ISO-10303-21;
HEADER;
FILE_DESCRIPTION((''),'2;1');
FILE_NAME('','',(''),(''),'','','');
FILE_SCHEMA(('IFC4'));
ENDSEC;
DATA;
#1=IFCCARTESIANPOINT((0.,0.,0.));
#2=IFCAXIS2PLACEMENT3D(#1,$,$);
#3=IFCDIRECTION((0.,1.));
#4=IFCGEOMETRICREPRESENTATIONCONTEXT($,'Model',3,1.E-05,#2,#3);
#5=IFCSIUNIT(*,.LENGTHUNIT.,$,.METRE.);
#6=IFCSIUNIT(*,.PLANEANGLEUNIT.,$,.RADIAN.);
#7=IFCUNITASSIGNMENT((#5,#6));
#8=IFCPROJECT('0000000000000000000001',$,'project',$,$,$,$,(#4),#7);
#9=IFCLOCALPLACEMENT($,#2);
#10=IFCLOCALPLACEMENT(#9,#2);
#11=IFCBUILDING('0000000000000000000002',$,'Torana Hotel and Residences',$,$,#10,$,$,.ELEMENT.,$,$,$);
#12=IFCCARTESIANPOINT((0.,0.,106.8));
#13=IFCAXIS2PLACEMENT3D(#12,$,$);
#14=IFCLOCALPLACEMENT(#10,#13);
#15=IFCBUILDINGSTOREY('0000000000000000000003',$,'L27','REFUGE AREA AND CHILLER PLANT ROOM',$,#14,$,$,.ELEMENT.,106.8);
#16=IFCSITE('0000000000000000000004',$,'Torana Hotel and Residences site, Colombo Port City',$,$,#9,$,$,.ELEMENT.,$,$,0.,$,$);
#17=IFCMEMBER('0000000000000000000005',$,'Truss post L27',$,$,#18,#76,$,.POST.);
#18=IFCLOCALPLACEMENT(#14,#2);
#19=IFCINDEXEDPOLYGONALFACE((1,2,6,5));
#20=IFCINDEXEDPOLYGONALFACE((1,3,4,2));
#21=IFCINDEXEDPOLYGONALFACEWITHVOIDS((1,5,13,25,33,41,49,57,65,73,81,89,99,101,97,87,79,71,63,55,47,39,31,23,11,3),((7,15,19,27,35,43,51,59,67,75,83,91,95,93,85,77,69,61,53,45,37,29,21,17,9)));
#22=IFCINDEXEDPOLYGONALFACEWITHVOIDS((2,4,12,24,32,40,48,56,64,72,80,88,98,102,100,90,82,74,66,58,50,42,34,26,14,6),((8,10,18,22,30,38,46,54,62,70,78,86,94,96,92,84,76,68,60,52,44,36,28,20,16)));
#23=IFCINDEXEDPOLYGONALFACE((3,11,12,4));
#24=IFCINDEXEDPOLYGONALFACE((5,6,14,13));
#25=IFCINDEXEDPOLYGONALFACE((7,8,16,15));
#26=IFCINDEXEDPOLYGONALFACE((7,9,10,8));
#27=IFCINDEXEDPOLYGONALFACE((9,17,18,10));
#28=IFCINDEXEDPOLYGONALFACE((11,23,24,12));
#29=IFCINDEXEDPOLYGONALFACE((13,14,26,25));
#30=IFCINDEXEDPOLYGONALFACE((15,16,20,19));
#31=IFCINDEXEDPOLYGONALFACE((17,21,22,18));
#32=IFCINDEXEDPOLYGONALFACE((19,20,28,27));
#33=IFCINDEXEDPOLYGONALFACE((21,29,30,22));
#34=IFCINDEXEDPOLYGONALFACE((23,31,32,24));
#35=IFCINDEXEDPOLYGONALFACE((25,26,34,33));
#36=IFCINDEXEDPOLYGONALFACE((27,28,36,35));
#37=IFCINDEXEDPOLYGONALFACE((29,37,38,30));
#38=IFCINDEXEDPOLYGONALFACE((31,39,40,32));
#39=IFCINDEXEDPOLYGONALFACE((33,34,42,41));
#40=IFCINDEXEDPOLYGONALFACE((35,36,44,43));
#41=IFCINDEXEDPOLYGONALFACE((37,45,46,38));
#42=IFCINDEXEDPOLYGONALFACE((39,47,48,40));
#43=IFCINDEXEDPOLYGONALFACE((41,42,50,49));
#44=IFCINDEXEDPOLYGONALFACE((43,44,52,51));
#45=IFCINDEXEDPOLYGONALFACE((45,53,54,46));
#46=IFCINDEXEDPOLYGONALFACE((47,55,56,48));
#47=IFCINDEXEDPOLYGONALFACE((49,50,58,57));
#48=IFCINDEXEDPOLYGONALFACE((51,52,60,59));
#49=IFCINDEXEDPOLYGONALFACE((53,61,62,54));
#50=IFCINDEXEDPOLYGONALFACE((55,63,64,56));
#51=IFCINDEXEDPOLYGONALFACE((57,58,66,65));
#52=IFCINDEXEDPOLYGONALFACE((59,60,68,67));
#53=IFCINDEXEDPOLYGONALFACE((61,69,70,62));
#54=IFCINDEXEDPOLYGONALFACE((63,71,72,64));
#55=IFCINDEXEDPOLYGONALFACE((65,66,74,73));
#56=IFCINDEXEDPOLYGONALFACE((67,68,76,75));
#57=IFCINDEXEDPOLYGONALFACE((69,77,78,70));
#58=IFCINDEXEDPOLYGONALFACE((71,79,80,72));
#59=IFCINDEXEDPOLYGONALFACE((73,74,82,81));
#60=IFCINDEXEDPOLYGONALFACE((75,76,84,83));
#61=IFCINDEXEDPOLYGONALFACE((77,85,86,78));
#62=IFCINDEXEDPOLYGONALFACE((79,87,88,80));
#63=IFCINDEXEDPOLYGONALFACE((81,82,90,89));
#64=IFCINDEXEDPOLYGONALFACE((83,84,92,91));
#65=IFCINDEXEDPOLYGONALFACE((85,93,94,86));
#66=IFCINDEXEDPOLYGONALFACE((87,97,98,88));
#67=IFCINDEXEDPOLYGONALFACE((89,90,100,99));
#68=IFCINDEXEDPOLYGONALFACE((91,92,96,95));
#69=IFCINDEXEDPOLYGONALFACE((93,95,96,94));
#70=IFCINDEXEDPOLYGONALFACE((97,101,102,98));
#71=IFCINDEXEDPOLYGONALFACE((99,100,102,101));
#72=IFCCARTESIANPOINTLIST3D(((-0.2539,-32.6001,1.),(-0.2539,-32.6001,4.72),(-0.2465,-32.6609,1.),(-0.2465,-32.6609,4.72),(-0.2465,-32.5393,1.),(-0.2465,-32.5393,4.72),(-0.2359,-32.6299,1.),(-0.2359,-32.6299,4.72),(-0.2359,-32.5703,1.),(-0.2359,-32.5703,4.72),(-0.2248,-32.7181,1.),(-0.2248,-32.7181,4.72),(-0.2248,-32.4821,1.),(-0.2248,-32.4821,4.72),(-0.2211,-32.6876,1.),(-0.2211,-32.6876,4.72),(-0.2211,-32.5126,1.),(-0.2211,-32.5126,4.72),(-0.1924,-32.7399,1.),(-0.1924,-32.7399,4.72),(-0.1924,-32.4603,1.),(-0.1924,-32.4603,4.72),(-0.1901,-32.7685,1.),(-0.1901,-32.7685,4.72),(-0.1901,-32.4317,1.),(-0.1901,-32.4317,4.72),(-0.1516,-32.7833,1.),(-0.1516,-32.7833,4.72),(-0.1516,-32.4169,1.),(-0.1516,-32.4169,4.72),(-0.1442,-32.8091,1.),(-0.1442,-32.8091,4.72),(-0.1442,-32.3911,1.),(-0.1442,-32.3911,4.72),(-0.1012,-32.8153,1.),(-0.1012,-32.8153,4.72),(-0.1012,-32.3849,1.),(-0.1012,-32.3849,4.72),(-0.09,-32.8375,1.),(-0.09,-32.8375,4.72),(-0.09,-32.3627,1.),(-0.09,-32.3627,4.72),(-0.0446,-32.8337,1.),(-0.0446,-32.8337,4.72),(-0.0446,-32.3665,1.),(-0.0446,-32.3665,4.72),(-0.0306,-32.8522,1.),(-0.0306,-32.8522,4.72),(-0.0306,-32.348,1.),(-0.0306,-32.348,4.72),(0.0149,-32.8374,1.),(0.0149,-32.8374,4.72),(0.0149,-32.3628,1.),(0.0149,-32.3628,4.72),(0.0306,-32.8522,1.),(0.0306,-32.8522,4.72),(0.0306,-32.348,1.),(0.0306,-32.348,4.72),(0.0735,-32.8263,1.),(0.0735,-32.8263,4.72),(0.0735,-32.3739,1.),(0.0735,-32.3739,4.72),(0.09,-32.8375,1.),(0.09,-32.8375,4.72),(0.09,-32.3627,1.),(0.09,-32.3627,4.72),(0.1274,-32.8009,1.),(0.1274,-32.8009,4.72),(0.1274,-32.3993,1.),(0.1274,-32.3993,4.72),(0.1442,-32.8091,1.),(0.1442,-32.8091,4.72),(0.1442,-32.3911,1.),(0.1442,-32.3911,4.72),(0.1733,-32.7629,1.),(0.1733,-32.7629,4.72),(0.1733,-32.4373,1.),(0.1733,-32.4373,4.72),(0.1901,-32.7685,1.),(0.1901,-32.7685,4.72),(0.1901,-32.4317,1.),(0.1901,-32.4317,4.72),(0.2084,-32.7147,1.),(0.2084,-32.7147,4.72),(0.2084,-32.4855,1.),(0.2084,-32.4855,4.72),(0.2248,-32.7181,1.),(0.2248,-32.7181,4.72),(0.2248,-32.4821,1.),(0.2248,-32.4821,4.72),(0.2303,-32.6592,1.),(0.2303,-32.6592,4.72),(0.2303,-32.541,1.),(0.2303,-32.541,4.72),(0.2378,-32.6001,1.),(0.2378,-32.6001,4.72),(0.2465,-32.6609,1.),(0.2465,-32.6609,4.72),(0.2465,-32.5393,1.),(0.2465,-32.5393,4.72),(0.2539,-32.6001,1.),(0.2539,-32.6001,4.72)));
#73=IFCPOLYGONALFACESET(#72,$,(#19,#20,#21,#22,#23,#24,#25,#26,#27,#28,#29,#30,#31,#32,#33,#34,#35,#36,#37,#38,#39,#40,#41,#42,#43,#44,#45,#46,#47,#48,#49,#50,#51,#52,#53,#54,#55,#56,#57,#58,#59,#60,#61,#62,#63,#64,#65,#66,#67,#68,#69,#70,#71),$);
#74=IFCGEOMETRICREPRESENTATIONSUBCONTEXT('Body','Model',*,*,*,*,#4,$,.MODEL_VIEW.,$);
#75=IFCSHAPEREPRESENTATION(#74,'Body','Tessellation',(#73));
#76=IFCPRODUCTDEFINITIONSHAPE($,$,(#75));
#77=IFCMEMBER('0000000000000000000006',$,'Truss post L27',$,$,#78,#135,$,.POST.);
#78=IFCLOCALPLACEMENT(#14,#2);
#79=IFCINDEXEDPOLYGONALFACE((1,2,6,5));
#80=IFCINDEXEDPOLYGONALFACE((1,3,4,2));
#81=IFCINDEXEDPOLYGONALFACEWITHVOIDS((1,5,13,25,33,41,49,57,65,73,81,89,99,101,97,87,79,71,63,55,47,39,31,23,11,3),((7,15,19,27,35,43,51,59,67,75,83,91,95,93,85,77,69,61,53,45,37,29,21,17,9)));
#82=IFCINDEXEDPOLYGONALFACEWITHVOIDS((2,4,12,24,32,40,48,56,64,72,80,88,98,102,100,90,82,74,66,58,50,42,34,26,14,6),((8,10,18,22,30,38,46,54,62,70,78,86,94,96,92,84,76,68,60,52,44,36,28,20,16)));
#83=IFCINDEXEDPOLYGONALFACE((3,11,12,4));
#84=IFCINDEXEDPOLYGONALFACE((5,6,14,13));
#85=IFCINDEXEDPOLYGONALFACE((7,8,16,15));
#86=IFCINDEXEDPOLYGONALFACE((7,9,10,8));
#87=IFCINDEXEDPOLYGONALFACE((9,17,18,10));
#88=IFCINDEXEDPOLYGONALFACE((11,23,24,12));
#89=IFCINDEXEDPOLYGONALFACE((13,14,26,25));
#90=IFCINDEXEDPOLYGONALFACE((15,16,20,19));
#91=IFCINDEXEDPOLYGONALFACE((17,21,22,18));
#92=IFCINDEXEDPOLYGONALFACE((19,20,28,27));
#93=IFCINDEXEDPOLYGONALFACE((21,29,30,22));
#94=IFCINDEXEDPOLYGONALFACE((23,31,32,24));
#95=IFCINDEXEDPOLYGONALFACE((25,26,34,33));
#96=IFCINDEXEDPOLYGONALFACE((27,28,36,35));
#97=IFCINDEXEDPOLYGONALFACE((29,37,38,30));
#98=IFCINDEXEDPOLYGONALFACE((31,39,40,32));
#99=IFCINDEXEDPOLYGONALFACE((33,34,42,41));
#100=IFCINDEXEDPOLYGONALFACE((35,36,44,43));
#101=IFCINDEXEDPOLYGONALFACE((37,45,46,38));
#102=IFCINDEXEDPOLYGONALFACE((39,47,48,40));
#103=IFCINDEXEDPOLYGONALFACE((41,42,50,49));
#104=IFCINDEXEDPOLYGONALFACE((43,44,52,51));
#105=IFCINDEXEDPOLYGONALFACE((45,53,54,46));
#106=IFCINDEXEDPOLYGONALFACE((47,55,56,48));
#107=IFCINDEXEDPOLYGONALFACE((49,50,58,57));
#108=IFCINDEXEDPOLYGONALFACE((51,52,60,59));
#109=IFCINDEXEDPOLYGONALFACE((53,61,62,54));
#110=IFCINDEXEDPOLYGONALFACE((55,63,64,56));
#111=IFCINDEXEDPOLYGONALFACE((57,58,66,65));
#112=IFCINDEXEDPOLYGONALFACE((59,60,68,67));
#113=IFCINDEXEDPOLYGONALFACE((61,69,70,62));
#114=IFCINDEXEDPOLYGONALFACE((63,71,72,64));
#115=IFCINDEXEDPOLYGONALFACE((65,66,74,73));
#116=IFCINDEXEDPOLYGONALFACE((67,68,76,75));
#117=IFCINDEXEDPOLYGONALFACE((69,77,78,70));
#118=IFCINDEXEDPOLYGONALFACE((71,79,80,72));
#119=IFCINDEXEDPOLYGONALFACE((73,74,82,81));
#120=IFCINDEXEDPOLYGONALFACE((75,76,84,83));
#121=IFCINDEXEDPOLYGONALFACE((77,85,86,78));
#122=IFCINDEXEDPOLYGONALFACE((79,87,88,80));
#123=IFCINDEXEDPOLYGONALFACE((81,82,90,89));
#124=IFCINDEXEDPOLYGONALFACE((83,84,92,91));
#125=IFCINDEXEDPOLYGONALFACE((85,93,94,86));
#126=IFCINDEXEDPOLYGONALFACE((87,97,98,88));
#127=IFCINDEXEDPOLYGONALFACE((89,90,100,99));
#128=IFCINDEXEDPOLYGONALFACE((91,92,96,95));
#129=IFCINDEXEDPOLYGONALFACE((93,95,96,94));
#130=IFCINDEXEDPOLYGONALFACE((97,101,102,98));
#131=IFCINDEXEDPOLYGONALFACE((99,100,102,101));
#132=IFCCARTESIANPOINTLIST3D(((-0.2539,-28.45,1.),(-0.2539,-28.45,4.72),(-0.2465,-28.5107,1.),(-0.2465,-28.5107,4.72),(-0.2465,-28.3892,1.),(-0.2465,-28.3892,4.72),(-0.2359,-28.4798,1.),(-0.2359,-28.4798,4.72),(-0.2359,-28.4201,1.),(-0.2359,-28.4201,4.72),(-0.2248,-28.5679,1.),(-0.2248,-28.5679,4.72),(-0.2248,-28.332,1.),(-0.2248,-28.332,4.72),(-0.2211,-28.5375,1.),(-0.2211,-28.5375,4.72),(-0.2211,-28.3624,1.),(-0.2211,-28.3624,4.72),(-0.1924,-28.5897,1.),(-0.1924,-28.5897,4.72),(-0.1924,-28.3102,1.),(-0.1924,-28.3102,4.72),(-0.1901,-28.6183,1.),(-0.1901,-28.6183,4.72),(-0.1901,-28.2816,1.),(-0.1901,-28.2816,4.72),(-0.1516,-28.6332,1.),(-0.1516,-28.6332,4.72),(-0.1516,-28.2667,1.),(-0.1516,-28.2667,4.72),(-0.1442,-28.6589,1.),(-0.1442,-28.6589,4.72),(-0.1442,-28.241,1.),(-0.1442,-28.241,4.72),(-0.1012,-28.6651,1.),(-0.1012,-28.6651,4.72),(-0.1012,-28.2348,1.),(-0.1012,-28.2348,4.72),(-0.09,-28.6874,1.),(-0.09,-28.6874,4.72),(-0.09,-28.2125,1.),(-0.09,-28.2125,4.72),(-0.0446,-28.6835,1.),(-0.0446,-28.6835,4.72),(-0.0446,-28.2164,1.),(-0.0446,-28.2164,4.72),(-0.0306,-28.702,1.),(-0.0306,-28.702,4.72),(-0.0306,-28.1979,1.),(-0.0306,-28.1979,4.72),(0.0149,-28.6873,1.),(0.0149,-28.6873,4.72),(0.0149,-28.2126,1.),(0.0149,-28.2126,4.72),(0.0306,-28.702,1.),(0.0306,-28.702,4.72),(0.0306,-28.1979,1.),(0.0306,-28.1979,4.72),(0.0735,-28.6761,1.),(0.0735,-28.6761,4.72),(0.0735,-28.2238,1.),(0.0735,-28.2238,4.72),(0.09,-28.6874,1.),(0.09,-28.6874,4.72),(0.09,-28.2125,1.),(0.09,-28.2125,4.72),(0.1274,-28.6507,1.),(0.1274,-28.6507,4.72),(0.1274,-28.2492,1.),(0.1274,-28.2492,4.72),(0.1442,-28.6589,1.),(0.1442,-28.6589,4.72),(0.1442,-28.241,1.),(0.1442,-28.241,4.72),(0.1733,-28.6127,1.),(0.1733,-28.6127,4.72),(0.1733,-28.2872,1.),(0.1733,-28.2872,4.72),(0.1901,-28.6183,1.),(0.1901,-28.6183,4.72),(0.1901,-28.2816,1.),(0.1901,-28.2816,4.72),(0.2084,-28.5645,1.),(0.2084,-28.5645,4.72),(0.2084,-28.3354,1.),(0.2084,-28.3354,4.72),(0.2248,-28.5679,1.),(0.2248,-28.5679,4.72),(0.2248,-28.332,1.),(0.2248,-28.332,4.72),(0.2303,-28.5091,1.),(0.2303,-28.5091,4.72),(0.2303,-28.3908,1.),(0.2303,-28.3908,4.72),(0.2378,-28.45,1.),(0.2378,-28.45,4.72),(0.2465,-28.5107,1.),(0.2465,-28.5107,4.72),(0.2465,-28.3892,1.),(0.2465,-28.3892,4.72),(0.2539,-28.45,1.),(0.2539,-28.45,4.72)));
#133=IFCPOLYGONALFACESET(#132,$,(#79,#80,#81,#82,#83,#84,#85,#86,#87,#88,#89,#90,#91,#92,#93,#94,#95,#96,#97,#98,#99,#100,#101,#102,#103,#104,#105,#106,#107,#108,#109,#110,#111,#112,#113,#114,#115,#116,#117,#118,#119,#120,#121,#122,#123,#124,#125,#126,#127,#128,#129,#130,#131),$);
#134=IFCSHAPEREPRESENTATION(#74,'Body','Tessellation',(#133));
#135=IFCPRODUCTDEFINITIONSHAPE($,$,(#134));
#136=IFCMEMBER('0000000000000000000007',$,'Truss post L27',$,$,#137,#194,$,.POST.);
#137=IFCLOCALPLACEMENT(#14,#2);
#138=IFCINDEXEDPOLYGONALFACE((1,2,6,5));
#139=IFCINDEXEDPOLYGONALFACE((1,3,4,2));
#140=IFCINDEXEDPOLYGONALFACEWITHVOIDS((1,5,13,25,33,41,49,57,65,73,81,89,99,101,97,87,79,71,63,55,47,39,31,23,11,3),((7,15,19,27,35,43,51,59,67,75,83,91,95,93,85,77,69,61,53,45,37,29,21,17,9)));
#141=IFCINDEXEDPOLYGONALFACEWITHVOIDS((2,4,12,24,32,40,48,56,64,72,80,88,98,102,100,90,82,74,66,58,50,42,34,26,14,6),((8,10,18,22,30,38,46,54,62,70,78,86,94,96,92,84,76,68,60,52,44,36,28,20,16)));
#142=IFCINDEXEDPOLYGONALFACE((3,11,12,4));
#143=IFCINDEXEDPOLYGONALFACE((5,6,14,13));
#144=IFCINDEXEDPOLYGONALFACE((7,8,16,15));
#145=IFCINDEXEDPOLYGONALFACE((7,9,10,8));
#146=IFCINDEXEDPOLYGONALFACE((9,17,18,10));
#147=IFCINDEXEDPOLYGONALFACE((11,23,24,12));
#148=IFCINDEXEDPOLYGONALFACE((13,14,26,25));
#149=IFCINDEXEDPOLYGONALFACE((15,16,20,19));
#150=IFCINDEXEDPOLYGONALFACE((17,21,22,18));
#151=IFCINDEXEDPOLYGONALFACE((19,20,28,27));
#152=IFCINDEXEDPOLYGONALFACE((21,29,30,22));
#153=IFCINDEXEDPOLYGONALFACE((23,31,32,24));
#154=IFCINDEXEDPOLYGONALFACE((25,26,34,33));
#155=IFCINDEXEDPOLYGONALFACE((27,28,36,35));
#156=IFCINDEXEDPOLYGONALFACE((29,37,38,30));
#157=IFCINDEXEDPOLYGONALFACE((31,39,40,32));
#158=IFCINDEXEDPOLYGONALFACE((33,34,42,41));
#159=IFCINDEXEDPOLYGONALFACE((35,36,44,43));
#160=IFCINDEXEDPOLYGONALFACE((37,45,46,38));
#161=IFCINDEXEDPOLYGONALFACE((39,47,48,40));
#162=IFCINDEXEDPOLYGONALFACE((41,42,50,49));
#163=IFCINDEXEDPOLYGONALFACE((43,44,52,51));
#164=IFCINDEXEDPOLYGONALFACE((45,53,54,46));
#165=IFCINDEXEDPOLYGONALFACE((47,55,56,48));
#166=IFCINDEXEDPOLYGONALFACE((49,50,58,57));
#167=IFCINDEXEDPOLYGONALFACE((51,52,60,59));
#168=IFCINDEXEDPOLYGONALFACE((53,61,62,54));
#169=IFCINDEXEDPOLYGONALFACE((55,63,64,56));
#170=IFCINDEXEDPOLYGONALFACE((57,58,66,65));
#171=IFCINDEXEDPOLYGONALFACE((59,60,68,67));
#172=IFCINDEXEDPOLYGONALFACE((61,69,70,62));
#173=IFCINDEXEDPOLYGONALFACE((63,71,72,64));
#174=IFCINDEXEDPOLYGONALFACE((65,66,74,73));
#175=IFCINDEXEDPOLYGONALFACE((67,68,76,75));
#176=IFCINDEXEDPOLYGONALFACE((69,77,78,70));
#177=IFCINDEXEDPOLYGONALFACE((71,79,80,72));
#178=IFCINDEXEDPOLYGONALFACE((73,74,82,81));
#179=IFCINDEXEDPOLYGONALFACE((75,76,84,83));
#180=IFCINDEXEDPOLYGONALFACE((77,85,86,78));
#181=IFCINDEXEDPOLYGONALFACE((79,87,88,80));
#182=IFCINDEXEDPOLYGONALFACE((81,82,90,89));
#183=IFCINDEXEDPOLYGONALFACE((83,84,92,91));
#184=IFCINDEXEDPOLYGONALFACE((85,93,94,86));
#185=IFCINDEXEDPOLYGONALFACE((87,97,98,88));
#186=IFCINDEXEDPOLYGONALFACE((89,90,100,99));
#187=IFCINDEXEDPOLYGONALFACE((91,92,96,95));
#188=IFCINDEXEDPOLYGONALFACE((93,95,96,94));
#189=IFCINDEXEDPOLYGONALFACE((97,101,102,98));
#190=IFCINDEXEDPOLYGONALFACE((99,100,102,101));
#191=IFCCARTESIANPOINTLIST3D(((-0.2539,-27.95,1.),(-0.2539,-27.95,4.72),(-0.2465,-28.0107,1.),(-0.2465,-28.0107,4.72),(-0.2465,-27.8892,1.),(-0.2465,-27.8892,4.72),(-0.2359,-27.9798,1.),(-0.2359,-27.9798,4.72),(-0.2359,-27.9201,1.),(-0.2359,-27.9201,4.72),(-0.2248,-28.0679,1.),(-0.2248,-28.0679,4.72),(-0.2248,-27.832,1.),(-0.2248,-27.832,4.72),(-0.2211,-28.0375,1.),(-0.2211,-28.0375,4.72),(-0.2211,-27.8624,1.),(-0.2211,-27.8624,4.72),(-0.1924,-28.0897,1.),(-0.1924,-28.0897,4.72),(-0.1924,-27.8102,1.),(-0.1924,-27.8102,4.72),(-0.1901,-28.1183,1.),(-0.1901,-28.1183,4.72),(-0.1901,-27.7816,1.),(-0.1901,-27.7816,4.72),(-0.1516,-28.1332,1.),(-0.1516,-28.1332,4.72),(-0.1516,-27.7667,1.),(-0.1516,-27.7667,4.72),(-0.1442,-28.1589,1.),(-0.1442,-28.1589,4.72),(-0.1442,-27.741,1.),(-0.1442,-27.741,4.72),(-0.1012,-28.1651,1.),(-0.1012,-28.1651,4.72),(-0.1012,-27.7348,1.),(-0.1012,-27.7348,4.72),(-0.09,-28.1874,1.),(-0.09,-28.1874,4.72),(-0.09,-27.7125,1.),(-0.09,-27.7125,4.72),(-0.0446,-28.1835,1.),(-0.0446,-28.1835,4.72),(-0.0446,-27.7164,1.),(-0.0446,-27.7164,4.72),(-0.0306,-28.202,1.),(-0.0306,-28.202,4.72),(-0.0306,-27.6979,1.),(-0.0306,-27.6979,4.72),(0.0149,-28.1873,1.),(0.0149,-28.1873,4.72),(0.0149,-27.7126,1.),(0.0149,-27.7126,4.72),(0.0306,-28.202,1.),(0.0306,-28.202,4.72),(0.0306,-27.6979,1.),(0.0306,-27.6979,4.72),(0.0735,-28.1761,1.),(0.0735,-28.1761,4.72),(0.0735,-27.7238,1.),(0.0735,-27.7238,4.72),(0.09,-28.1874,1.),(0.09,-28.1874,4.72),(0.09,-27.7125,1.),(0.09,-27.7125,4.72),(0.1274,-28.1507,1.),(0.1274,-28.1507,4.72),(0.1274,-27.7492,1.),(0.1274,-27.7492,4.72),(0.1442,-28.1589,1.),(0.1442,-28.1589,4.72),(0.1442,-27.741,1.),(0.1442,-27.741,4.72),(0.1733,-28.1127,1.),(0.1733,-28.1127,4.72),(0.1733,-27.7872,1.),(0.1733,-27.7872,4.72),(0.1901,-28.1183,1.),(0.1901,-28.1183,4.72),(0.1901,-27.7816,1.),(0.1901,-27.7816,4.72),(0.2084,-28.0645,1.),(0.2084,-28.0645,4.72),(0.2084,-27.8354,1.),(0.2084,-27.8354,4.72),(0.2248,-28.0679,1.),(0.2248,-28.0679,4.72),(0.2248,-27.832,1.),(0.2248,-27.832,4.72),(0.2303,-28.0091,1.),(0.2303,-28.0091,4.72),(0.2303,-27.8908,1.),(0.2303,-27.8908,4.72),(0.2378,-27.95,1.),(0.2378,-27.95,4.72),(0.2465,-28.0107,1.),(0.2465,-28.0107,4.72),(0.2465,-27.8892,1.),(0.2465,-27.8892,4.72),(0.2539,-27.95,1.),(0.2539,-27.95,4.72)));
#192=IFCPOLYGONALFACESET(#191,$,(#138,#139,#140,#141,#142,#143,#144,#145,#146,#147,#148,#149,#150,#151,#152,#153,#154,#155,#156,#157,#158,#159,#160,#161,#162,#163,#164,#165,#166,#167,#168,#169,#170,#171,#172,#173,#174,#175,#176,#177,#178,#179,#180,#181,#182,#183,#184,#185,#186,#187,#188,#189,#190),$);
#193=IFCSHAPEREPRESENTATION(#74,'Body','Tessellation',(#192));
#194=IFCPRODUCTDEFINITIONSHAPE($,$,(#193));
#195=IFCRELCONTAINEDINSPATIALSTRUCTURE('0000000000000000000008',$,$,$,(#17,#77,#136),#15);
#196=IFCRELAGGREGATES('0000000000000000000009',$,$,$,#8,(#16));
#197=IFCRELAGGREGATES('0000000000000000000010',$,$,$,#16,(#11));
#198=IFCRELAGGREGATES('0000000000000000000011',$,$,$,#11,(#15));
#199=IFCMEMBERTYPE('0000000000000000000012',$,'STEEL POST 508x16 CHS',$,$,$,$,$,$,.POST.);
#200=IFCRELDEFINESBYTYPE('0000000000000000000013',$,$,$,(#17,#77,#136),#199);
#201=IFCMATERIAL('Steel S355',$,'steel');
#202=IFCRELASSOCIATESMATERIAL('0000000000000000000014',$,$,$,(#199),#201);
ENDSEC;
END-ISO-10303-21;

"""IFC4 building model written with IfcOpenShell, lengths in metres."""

from ifc_helpers import new_model, si_unit, direction, frame, origin, origin_2d, place, context, subcontext, project, spatial, hollow_circle, extrude, material, material_profile, profile_set, type_object, element, save


model = new_model("IFC4")

# Units and contexts
model_context = context("Model", 3, precision=1e-05, world=origin(), true_north=direction((0.0, 1.0)))
body_context = subcontext(model_context, "Body", "Model", "MODEL_VIEW")
ifc_project = project(units=[si_unit("LENGTHUNIT", "METRE"), si_unit("PLANEANGLEUNIT", "RADIAN")], contexts=[model_context])

# Site, building, storey
site_placement = place(None, origin())
site = spatial("IfcSite", under=ifc_project, at=site_placement, Name="Torana Hotel and Residences site, Colombo Port City", CompositionType="ELEMENT", RefElevation=0.0)
building_placement = place(site_placement, origin())
building = spatial("IfcBuilding", under=site, at=building_placement, Name="Torana Hotel and Residences", CompositionType="ELEMENT")
storey_placement = place(building_placement, frame((0.0, 0.0, 106.8)))
storey = spatial("IfcBuildingStorey", under=building, at=storey_placement, Name="L27", Description="REFUGE AREA AND CHILLER PLANT ROOM", CompositionType="ELEMENT", Elevation=106.8)

# Members
ifc_material_1 = material(Name="Steel S355", Category="steel")
ifc_material_profile_1 = material_profile(ifc_material_1, hollow_circle(Radius=0.2539, WallThickness=0.0161, at=origin_2d()), Name="508x16 CHS")
ifc_profile_set_1 = profile_set([ifc_material_profile_1], Name="Steel S355")
member_type_1 = type_object("IfcMemberType", Name="STEEL POST 508x16 CHS", PredefinedType="POST", material=ifc_profile_set_1)
for number, where, z_axis, x_axis, name in (
    (1, (0.0, -32.6001, 1.0), (0.0, 0.0, 1.0), (1.0, 0.0, 0.0), "Truss post L27"),
    (2, (0.0, -28.45, 1.0), (0.0, 0.0, 1.0), (1.0, 0.0, 0.0), "Truss post L27"),
    (3, (0.0, -27.95, 1.0), (0.0, 0.0, 1.0), (1.0, 0.0, 0.0), "Truss post L27"),
):
    element("IfcMember", number, at=place(storey_placement, frame(where, z_axis=z_axis, x_axis=x_axis)), inside=storey, type_object=member_type_1, Name=name, PredefinedType="POST", context=body_context, shape_type="SweptSolid", body=[
        extrude(hollow_circle(Radius=0.2539, WallThickness=0.0161, at=origin_2d()), origin(), (0.0, 0.0, 1.0), 3.72),
    ])

save(model, "model.ifc")
